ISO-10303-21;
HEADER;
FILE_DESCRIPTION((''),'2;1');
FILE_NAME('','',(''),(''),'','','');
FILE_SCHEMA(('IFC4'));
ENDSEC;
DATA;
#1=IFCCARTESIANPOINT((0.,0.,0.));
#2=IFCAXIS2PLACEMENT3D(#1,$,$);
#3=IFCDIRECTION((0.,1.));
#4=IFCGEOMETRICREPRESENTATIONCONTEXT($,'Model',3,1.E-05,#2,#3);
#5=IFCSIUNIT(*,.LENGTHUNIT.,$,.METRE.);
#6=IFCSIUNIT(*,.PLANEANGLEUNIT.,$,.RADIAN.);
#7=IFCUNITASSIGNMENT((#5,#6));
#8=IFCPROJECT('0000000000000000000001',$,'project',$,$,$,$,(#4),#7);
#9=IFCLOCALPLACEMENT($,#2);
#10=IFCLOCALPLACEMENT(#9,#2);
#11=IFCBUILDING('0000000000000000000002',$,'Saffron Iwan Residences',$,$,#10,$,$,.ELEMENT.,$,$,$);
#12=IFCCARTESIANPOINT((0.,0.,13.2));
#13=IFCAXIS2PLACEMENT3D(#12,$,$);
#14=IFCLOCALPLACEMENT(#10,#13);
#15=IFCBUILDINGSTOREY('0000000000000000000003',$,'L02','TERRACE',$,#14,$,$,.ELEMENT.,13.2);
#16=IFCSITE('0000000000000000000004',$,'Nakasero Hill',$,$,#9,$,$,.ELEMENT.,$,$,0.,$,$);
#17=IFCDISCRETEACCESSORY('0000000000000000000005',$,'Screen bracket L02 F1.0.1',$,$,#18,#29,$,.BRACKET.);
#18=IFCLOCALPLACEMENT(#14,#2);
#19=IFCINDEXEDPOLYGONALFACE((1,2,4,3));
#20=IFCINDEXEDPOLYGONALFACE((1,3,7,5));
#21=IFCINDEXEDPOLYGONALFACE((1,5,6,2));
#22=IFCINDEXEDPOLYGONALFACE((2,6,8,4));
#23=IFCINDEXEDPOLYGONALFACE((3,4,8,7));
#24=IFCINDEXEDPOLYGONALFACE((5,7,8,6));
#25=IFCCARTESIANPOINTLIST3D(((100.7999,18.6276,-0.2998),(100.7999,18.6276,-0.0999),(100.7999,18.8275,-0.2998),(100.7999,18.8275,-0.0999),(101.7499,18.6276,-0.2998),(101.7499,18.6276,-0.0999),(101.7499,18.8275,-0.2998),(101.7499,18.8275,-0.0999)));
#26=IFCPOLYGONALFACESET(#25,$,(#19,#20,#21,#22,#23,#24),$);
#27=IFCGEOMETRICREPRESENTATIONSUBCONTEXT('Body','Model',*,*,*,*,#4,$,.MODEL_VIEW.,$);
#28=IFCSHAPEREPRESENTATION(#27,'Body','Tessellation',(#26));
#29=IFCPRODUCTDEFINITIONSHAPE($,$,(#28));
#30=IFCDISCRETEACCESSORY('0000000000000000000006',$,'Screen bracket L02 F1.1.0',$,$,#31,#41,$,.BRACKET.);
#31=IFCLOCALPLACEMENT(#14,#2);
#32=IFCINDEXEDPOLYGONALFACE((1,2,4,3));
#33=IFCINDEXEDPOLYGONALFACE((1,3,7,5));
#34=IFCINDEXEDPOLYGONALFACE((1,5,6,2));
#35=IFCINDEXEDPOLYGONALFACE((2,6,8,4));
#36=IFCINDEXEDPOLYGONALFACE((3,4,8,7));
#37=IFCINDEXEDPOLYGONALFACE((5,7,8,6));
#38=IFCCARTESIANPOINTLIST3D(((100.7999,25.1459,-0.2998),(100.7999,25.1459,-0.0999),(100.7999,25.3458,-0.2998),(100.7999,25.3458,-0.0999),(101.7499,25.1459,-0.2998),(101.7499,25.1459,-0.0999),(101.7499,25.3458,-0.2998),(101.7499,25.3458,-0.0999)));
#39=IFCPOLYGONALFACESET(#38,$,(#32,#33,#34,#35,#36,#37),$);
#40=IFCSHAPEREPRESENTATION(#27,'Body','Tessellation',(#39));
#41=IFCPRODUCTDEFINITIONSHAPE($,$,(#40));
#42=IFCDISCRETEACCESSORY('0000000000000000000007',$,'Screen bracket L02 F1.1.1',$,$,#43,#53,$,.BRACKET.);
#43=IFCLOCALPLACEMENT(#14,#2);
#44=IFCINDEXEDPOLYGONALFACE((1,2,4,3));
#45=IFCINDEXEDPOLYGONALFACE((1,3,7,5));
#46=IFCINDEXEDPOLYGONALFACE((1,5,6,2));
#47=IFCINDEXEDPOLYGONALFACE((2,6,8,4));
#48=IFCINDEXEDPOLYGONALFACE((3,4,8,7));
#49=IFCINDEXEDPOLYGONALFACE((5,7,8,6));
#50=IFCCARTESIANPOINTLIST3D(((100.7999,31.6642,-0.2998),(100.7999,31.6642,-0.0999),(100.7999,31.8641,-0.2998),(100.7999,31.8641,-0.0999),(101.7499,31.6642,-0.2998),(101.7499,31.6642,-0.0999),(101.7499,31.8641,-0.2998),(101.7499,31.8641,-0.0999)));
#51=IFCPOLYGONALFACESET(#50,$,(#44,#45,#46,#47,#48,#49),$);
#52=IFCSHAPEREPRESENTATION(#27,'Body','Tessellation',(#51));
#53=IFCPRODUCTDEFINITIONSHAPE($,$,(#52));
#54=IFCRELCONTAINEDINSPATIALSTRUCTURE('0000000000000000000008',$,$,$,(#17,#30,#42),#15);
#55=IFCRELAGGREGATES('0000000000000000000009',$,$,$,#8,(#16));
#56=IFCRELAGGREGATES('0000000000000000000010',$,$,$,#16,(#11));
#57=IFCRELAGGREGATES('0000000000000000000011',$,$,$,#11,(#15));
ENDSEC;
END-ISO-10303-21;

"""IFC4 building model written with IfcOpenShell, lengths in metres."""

from ifc_helpers import new_model, si_unit, direction, frame, origin, origin_2d, place, context, subcontext, project, spatial, rectangle, extrude, source, transform, mapped, element, save


model = new_model("IFC4")

# Units and contexts
model_context = context("Model", 3, precision=1e-05, world=origin(), true_north=direction((0.0, 1.0)))
body_context = subcontext(model_context, "Body", "Model", "MODEL_VIEW")
ifc_project = project(units=[si_unit("LENGTHUNIT", "METRE"), si_unit("PLANEANGLEUNIT", "RADIAN")], contexts=[model_context])

# Site, building, storey
site_placement = place(None, origin())
site = spatial("IfcSite", under=ifc_project, at=site_placement, Name="Nakasero Hill", CompositionType="ELEMENT", RefElevation=0.0)
building_placement = place(site_placement, origin())
building = spatial("IfcBuilding", under=site, at=building_placement, Name="Saffron Iwan Residences", CompositionType="ELEMENT")
storey_placement = place(building_placement, frame((0.0, 0.0, 13.2)))
storey = spatial("IfcBuildingStorey", under=building, at=storey_placement, Name="L02", Description="TERRACE", CompositionType="ELEMENT", Elevation=13.2)

# Discrete accessories
shared_shape_1 = source(origin(), body_context, "Body", "SweptSolid", [
    extrude(rectangle(XDim=0.95, YDim=0.2, at=origin_2d()), origin(), (0.0, 0.0, 1.0), 0.2),
])
for number, where, z_axis, x_axis, name in (
    (1, (101.2749, 18.7275, -0.2998), (0.0, 0.0, 1.0), (1.0, 0.0, 0.0), "Screen bracket L02 F1.0.1"),
    (2, (101.2749, 25.2458, -0.2998), (0.0, 0.0, 1.0), (1.0, 0.0, 0.0), "Screen bracket L02 F1.1.0"),
    (3, (101.2749, 31.7642, -0.2998), (0.0, 0.0, 1.0), (1.0, 0.0, 0.0), "Screen bracket L02 F1.1.1"),
):
    element("IfcDiscreteAccessory", number, at=place(storey_placement, frame(where, z_axis=z_axis, x_axis=x_axis)), inside=storey, Name=name, PredefinedType="BRACKET", context=body_context, shape_type="MappedRepresentation", body=[
        mapped(shared_shape_1, transform((0.0, 0.0, 0.0))),
    ])

save(model, "model.ifc")
